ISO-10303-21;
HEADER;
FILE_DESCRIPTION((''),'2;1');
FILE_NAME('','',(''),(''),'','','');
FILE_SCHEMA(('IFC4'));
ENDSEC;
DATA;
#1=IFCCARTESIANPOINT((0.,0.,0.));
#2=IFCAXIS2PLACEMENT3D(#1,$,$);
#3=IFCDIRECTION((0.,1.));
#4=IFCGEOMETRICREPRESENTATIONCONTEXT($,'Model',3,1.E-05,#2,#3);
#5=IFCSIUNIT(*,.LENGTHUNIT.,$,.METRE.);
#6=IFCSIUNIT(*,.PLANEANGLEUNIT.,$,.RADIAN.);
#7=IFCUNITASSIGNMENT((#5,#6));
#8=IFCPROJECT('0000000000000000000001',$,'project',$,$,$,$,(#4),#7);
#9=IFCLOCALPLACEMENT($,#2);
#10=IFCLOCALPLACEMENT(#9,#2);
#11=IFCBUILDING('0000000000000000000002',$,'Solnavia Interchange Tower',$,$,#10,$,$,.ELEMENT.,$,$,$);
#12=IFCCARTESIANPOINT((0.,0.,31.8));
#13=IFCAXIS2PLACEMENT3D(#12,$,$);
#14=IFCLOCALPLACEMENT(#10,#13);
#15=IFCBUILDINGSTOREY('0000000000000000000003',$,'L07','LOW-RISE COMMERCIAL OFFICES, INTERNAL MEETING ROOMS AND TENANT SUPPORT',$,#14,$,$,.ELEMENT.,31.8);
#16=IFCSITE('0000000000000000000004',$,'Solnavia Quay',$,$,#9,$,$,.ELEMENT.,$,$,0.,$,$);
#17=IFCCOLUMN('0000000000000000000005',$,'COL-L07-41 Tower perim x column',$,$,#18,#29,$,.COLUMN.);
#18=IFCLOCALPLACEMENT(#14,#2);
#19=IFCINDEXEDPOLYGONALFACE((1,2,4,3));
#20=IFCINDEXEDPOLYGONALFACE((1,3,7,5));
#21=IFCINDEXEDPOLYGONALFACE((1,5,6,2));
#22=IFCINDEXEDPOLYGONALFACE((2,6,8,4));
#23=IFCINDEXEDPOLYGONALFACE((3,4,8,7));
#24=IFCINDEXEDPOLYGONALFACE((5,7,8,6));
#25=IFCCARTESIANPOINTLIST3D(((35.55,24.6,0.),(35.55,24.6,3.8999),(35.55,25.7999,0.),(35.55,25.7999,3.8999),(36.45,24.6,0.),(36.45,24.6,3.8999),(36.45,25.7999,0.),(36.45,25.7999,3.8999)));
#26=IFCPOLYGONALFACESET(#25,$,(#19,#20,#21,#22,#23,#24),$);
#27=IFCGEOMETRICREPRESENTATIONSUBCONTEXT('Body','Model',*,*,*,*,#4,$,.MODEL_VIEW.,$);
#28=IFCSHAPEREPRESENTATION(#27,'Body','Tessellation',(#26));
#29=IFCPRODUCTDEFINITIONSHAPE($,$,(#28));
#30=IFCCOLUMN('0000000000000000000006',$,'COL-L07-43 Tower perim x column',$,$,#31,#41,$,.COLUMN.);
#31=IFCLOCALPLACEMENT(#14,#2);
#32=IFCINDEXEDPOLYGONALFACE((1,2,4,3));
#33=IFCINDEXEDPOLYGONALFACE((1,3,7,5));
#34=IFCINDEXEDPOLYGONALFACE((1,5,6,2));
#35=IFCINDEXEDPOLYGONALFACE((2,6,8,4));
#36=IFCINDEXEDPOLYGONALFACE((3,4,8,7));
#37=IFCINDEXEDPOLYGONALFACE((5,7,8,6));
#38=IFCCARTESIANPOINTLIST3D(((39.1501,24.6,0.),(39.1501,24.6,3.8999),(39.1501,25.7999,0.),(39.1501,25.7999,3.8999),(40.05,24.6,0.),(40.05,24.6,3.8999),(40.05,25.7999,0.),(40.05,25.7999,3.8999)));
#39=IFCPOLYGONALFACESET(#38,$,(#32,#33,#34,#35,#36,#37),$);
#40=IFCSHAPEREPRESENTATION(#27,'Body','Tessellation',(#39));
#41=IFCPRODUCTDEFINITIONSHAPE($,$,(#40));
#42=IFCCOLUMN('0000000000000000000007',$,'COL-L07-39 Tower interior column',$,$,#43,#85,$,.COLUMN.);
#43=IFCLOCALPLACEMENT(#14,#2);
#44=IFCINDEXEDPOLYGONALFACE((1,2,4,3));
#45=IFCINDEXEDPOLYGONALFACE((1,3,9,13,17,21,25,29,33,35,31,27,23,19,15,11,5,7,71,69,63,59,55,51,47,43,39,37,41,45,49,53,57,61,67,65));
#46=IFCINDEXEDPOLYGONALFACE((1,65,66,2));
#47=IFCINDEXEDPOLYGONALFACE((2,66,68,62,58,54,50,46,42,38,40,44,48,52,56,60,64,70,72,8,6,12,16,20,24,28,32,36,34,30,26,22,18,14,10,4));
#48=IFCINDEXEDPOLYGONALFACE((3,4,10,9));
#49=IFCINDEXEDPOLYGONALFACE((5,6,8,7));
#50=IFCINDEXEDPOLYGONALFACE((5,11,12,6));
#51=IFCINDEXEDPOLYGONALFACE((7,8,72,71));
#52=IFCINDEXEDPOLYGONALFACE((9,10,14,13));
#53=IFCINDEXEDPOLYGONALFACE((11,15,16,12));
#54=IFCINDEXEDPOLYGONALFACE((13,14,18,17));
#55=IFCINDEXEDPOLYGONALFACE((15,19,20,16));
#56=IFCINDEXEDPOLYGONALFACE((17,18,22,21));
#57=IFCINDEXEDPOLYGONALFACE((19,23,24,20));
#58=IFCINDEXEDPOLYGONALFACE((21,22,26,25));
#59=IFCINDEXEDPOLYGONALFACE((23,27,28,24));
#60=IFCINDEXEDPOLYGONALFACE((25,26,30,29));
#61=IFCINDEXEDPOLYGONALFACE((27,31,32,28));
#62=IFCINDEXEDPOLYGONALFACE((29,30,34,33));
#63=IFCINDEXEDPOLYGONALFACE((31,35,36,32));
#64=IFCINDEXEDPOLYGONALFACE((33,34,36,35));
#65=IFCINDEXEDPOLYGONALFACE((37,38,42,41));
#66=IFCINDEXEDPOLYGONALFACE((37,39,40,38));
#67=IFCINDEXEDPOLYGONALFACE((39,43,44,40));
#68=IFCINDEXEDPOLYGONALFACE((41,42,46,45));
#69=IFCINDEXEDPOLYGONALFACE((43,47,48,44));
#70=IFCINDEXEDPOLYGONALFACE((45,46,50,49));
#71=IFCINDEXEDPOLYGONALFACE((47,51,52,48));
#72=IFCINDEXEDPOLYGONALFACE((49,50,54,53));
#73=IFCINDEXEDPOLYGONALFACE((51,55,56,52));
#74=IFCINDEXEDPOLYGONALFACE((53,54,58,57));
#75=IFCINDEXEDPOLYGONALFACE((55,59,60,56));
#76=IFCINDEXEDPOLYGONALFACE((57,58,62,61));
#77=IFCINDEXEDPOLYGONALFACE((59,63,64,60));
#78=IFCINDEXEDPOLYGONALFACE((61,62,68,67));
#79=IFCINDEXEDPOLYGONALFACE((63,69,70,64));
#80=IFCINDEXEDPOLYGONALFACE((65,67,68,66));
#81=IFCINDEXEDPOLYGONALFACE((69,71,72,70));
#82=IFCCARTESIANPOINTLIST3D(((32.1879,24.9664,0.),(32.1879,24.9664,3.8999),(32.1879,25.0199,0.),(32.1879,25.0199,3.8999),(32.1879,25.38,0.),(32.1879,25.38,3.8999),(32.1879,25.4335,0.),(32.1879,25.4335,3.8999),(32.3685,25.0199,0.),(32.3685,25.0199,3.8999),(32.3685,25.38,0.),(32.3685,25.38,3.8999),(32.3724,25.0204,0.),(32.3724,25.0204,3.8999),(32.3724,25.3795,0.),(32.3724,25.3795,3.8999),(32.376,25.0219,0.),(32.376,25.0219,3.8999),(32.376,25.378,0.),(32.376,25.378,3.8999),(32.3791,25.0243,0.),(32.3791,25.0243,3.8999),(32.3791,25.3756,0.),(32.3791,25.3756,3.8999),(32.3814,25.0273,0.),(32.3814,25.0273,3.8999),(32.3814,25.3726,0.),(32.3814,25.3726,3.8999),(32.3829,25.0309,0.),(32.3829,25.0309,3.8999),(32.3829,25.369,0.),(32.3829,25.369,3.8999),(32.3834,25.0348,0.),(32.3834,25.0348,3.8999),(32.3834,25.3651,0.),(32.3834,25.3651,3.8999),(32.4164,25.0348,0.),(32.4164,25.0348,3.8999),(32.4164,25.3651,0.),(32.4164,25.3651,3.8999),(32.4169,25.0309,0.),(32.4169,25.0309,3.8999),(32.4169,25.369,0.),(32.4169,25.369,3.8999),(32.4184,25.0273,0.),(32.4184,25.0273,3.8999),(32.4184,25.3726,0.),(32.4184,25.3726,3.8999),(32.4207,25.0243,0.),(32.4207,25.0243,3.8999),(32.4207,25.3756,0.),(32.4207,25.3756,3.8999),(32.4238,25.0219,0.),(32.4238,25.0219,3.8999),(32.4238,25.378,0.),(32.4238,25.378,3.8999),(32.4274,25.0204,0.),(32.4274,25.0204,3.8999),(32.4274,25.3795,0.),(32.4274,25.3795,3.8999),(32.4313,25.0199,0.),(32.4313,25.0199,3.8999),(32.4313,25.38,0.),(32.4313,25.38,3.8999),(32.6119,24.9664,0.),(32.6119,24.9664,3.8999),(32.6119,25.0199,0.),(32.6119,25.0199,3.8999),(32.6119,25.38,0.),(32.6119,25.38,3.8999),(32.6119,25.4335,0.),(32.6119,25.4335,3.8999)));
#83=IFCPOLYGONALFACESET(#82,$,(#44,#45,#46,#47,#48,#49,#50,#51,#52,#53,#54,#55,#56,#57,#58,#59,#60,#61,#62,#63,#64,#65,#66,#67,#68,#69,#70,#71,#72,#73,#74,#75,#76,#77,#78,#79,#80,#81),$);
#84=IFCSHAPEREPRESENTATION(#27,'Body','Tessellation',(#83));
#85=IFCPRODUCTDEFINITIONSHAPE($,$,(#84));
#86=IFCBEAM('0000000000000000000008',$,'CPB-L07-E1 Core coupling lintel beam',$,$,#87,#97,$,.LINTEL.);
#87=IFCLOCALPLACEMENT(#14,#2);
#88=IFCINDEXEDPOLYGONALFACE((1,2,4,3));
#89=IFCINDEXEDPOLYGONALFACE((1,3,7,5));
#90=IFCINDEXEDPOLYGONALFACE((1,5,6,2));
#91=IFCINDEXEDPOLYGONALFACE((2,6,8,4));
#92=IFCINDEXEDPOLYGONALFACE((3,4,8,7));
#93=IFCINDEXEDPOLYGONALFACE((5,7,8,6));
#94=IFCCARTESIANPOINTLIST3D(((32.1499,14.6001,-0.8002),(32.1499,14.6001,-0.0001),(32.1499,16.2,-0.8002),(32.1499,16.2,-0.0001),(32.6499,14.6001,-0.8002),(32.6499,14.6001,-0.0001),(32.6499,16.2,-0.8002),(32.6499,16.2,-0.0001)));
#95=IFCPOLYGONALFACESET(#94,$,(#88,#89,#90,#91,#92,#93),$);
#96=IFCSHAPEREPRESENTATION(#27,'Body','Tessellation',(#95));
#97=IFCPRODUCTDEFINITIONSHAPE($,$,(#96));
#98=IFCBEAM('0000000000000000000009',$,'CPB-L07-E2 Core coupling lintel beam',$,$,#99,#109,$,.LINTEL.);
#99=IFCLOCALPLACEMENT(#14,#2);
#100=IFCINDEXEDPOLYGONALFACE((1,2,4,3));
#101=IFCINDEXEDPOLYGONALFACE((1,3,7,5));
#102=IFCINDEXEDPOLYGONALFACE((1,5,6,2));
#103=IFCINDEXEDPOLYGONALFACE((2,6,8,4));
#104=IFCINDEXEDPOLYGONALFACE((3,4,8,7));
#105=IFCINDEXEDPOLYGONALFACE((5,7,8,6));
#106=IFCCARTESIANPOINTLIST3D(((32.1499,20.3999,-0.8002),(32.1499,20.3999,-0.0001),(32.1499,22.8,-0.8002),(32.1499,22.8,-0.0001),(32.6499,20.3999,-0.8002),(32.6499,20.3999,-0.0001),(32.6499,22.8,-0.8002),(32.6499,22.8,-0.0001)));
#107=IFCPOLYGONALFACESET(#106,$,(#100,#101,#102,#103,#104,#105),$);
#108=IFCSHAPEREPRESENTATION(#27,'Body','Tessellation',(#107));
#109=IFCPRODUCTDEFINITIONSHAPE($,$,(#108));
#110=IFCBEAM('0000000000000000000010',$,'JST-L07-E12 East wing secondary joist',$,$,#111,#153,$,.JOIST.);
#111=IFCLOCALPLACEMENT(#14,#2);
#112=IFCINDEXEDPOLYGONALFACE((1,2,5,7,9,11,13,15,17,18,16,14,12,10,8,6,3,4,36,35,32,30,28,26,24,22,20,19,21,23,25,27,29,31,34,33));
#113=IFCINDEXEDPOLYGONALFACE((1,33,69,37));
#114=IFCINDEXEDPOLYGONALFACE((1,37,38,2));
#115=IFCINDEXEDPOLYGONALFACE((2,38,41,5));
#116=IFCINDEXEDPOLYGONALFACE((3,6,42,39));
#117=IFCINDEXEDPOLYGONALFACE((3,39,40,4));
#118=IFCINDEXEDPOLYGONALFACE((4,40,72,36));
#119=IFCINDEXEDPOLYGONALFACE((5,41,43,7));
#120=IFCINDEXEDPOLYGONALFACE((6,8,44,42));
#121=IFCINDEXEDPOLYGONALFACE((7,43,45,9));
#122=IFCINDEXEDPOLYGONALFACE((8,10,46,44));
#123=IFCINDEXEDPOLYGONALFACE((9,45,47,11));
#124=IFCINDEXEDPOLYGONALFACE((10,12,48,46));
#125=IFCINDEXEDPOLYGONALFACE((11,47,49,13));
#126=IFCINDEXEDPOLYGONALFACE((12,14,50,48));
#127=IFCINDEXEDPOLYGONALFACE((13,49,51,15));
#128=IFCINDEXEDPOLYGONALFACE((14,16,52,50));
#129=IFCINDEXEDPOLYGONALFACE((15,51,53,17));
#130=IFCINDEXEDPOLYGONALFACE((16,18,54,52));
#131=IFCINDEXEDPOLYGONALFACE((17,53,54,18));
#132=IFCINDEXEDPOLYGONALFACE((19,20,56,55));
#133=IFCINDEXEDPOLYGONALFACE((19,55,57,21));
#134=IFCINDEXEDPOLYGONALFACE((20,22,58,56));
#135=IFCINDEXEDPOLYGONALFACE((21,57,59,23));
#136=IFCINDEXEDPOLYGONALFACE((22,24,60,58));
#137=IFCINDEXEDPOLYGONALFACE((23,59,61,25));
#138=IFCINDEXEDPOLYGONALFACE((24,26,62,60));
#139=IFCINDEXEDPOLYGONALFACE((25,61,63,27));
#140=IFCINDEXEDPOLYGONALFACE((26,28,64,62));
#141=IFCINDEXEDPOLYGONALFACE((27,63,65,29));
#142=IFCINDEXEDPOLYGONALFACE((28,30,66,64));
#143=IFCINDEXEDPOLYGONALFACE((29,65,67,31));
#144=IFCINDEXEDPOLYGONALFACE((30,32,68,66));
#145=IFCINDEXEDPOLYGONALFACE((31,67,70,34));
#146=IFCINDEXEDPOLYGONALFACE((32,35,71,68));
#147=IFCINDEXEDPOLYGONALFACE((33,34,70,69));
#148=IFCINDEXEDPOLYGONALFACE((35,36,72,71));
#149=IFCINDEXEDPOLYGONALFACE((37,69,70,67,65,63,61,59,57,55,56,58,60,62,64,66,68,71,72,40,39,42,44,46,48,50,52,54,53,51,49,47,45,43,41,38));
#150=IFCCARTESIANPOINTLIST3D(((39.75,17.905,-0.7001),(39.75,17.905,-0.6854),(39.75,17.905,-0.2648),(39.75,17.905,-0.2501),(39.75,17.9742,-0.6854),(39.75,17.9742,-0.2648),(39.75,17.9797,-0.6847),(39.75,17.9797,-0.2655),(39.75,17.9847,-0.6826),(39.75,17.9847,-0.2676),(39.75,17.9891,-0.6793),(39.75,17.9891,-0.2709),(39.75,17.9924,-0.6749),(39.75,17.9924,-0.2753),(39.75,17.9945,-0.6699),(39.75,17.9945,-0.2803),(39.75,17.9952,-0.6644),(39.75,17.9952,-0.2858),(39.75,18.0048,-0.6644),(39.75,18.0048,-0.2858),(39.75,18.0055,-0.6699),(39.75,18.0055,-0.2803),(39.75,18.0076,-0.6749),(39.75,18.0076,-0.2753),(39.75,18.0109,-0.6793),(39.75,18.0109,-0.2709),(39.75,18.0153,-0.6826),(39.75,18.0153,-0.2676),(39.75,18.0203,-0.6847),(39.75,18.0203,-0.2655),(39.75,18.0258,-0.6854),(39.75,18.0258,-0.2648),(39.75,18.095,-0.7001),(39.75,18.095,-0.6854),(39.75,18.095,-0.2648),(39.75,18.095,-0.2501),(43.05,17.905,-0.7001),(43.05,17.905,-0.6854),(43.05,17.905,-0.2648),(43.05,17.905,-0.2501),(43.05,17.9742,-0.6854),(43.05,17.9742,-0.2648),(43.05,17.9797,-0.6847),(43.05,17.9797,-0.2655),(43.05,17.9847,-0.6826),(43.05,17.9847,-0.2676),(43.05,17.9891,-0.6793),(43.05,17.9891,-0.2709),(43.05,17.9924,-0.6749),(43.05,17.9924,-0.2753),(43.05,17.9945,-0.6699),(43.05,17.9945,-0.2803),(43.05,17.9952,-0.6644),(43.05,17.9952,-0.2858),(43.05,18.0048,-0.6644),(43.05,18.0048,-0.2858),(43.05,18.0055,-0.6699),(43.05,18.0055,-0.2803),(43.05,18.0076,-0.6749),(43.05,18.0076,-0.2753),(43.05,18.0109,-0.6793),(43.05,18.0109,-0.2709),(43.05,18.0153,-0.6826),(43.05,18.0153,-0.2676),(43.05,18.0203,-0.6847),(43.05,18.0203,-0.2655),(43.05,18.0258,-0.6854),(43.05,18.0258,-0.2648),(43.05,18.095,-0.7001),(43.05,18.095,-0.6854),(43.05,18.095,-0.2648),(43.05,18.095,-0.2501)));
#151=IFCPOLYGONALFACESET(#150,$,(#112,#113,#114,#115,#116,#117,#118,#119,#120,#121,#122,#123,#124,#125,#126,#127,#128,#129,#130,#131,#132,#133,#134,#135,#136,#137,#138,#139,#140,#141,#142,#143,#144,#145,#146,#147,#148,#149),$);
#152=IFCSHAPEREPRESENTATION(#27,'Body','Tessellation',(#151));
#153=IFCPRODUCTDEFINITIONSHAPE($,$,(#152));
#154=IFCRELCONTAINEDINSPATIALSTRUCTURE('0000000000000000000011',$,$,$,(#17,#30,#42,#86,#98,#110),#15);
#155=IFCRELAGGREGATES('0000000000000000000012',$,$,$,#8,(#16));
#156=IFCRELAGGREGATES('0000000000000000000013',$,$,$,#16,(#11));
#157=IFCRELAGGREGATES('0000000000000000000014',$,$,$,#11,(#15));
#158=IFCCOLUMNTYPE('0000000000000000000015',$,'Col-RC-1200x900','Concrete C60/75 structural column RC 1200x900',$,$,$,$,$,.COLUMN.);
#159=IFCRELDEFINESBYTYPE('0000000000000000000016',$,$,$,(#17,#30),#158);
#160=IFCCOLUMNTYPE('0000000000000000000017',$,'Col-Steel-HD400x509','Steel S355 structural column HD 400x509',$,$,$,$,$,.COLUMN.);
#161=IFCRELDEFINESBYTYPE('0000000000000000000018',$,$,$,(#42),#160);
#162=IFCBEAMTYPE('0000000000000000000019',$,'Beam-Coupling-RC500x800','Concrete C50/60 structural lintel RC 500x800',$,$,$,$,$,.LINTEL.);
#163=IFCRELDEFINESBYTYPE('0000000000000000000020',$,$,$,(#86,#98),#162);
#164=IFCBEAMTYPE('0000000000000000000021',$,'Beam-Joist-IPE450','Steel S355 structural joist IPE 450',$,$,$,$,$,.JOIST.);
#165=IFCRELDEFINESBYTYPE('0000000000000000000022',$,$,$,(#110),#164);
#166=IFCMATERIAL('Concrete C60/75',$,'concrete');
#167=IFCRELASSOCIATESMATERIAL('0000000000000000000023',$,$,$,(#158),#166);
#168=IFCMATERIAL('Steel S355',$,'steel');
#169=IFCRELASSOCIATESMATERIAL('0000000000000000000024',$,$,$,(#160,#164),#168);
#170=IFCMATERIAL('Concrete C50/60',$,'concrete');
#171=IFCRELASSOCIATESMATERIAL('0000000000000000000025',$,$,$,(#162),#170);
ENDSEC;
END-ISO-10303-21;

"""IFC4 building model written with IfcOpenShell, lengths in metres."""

from ifc_helpers import new_model, si_unit, direction, frame, origin, origin_2d, place, context, subcontext, project, spatial, rectangle, i_section, extrude, material, material_profile, profile_set, type_object, element, save


model = new_model("IFC4")

# Units and contexts
model_context = context("Model", 3, precision=1e-05, world=origin(), true_north=direction((0.0, 1.0)))
body_context = subcontext(model_context, "Body", "Model", "MODEL_VIEW")
ifc_project = project(units=[si_unit("LENGTHUNIT", "METRE"), si_unit("PLANEANGLEUNIT", "RADIAN")], contexts=[model_context])

# Site, building, storey
site_placement = place(None, origin())
site = spatial("IfcSite", under=ifc_project, at=site_placement, Name="Solnavia Quay", CompositionType="ELEMENT", RefElevation=0.0)
building_placement = place(site_placement, origin())
building = spatial("IfcBuilding", under=site, at=building_placement, Name="Solnavia Interchange Tower", CompositionType="ELEMENT")
storey_placement = place(building_placement, frame((0.0, 0.0, 31.8)))
storey = spatial("IfcBuildingStorey", under=building, at=storey_placement, Name="L07", Description="LOW-RISE COMMERCIAL OFFICES, INTERNAL MEETING ROOMS AND TENANT SUPPORT", CompositionType="ELEMENT", Elevation=31.8)

# Columns
ifc_material_1 = material(Name="Concrete C60/75", Category="concrete")
ifc_material_profile_1 = material_profile(ifc_material_1, rectangle(XDim=0.8999, YDim=1.2, at=origin_2d()), Name="RC 1200x900")
ifc_profile_set_1 = profile_set([ifc_material_profile_1], Name="Concrete C60/75")
column_type_1 = type_object("IfcColumnType", Name="Col-RC-1200x900", Description="Concrete C60/75 structural column RC 1200x900", PredefinedType="COLUMN", material=ifc_profile_set_1)
for number, where, z_axis, x_axis, name in (
    (1, (36.0, 25.2, 0.0), (0.0, 0.0, 1.0), (1.0, 0.0, 0.0), "COL-L07-41 Tower perim x column"),
    (2, (39.6001, 25.2, 0.0), (0.0, 0.0, 1.0), (1.0, 0.0, 0.0), "COL-L07-43 Tower perim x column"),
):
    element("IfcColumn", number, at=place(storey_placement, frame(where, z_axis=z_axis, x_axis=x_axis)), inside=storey, type_object=column_type_1, Name=name, PredefinedType="COLUMN", context=body_context, shape_type="SweptSolid", body=[
        extrude(rectangle(XDim=0.8999, YDim=1.2, at=origin_2d()), origin(), (0.0, 0.0, 1.0), 3.8999),
    ])
ifc_material_2 = material(Name="Steel S355", Category="steel")
ifc_material_profile_2 = material_profile(ifc_material_2, i_section(OverallWidth=0.4241, OverallDepth=0.467, WebThickness=0.033, FlangeThickness=0.0535, FilletRadius=0.0149, at=origin_2d()), Name="HD 400x509")
ifc_profile_set_2 = profile_set([ifc_material_profile_2], Name="Steel S355")
column_type_2 = type_object("IfcColumnType", Name="Col-Steel-HD400x509", Description="Steel S355 structural column HD 400x509", PredefinedType="COLUMN", material=ifc_profile_set_2)
column_placement = place(storey_placement, frame((32.3999, 25.2, 0.0), z_axis=(0.0, 0.0, 1.0), x_axis=(1.0, 0.0, 0.0)))
element("IfcColumn", 3, at=column_placement, inside=storey, type_object=column_type_2, Name="COL-L07-39 Tower interior column", PredefinedType="COLUMN", context=body_context, shape_type="SweptSolid", body=[
    extrude(i_section(OverallWidth=0.4241, OverallDepth=0.467, WebThickness=0.033, FlangeThickness=0.0535, FilletRadius=0.0149, at=origin_2d()), origin(), (0.0, 0.0, 1.0), 3.8999),
])

# Beams
ifc_material_3 = material(Name="Concrete C50/60", Category="concrete")
ifc_material_profile_3 = material_profile(ifc_material_3, rectangle(XDim=0.5, YDim=0.8, at=origin_2d()), Name="RC 500x800")
ifc_profile_set_3 = profile_set([ifc_material_profile_3], Name="Concrete C50/60")
beam_type_1 = type_object("IfcBeamType", Name="Beam-Coupling-RC500x800", Description="Concrete C50/60 structural lintel RC 500x800", PredefinedType="LINTEL", material=ifc_profile_set_3)
beam_1_placement = place(storey_placement, frame((32.3999, 14.6001, -0.4001), z_axis=(0.0, 1.0, 0.0), x_axis=(-1.0, 0.0, 0.0)))
element("IfcBeam", 4, at=beam_1_placement, inside=storey, type_object=beam_type_1, Name="CPB-L07-E1 Core coupling lintel beam", PredefinedType="LINTEL", context=body_context, shape_type="SweptSolid", body=[
    extrude(rectangle(XDim=0.5, YDim=0.8, at=origin_2d()), origin(), (0.0, 0.0, 1.0), 1.5999),
])
beam_2_placement = place(storey_placement, frame((32.3999, 20.3999, -0.4001), z_axis=(0.0, 1.0, 0.0), x_axis=(-1.0, 0.0, 0.0)))
element("IfcBeam", 5, at=beam_2_placement, inside=storey, type_object=beam_type_1, Name="CPB-L07-E2 Core coupling lintel beam", PredefinedType="LINTEL", context=body_context, shape_type="SweptSolid", body=[
    extrude(rectangle(XDim=0.5, YDim=0.8, at=origin_2d()), origin(), (0.0, 0.0, 1.0), 2.4001),
])
ifc_material_profile_4 = material_profile(ifc_material_2, i_section(OverallWidth=0.1899, OverallDepth=0.45, WebThickness=0.0095, FlangeThickness=0.0146, FilletRadius=0.021, at=origin_2d()), Name="IPE 450")
ifc_profile_set_4 = profile_set([ifc_material_profile_4], Name="Steel S355")
beam_type_2 = type_object("IfcBeamType", Name="Beam-Joist-IPE450", Description="Steel S355 structural joist IPE 450", PredefinedType="JOIST", material=ifc_profile_set_4)
beam_3_placement = place(storey_placement, frame((39.75, 18.0, -0.4751), z_axis=(1.0, 0.0, 0.0), x_axis=(0.0, 1.0, 0.0)))
element("IfcBeam", 6, at=beam_3_placement, inside=storey, type_object=beam_type_2, Name="JST-L07-E12 East wing secondary joist", PredefinedType="JOIST", context=body_context, shape_type="SweptSolid", body=[
    extrude(i_section(OverallWidth=0.1899, OverallDepth=0.45, WebThickness=0.0095, FlangeThickness=0.0146, FilletRadius=0.021, at=origin_2d()), origin(), (0.0, 0.0, 1.0), 3.3),
])

save(model, "model.ifc")
